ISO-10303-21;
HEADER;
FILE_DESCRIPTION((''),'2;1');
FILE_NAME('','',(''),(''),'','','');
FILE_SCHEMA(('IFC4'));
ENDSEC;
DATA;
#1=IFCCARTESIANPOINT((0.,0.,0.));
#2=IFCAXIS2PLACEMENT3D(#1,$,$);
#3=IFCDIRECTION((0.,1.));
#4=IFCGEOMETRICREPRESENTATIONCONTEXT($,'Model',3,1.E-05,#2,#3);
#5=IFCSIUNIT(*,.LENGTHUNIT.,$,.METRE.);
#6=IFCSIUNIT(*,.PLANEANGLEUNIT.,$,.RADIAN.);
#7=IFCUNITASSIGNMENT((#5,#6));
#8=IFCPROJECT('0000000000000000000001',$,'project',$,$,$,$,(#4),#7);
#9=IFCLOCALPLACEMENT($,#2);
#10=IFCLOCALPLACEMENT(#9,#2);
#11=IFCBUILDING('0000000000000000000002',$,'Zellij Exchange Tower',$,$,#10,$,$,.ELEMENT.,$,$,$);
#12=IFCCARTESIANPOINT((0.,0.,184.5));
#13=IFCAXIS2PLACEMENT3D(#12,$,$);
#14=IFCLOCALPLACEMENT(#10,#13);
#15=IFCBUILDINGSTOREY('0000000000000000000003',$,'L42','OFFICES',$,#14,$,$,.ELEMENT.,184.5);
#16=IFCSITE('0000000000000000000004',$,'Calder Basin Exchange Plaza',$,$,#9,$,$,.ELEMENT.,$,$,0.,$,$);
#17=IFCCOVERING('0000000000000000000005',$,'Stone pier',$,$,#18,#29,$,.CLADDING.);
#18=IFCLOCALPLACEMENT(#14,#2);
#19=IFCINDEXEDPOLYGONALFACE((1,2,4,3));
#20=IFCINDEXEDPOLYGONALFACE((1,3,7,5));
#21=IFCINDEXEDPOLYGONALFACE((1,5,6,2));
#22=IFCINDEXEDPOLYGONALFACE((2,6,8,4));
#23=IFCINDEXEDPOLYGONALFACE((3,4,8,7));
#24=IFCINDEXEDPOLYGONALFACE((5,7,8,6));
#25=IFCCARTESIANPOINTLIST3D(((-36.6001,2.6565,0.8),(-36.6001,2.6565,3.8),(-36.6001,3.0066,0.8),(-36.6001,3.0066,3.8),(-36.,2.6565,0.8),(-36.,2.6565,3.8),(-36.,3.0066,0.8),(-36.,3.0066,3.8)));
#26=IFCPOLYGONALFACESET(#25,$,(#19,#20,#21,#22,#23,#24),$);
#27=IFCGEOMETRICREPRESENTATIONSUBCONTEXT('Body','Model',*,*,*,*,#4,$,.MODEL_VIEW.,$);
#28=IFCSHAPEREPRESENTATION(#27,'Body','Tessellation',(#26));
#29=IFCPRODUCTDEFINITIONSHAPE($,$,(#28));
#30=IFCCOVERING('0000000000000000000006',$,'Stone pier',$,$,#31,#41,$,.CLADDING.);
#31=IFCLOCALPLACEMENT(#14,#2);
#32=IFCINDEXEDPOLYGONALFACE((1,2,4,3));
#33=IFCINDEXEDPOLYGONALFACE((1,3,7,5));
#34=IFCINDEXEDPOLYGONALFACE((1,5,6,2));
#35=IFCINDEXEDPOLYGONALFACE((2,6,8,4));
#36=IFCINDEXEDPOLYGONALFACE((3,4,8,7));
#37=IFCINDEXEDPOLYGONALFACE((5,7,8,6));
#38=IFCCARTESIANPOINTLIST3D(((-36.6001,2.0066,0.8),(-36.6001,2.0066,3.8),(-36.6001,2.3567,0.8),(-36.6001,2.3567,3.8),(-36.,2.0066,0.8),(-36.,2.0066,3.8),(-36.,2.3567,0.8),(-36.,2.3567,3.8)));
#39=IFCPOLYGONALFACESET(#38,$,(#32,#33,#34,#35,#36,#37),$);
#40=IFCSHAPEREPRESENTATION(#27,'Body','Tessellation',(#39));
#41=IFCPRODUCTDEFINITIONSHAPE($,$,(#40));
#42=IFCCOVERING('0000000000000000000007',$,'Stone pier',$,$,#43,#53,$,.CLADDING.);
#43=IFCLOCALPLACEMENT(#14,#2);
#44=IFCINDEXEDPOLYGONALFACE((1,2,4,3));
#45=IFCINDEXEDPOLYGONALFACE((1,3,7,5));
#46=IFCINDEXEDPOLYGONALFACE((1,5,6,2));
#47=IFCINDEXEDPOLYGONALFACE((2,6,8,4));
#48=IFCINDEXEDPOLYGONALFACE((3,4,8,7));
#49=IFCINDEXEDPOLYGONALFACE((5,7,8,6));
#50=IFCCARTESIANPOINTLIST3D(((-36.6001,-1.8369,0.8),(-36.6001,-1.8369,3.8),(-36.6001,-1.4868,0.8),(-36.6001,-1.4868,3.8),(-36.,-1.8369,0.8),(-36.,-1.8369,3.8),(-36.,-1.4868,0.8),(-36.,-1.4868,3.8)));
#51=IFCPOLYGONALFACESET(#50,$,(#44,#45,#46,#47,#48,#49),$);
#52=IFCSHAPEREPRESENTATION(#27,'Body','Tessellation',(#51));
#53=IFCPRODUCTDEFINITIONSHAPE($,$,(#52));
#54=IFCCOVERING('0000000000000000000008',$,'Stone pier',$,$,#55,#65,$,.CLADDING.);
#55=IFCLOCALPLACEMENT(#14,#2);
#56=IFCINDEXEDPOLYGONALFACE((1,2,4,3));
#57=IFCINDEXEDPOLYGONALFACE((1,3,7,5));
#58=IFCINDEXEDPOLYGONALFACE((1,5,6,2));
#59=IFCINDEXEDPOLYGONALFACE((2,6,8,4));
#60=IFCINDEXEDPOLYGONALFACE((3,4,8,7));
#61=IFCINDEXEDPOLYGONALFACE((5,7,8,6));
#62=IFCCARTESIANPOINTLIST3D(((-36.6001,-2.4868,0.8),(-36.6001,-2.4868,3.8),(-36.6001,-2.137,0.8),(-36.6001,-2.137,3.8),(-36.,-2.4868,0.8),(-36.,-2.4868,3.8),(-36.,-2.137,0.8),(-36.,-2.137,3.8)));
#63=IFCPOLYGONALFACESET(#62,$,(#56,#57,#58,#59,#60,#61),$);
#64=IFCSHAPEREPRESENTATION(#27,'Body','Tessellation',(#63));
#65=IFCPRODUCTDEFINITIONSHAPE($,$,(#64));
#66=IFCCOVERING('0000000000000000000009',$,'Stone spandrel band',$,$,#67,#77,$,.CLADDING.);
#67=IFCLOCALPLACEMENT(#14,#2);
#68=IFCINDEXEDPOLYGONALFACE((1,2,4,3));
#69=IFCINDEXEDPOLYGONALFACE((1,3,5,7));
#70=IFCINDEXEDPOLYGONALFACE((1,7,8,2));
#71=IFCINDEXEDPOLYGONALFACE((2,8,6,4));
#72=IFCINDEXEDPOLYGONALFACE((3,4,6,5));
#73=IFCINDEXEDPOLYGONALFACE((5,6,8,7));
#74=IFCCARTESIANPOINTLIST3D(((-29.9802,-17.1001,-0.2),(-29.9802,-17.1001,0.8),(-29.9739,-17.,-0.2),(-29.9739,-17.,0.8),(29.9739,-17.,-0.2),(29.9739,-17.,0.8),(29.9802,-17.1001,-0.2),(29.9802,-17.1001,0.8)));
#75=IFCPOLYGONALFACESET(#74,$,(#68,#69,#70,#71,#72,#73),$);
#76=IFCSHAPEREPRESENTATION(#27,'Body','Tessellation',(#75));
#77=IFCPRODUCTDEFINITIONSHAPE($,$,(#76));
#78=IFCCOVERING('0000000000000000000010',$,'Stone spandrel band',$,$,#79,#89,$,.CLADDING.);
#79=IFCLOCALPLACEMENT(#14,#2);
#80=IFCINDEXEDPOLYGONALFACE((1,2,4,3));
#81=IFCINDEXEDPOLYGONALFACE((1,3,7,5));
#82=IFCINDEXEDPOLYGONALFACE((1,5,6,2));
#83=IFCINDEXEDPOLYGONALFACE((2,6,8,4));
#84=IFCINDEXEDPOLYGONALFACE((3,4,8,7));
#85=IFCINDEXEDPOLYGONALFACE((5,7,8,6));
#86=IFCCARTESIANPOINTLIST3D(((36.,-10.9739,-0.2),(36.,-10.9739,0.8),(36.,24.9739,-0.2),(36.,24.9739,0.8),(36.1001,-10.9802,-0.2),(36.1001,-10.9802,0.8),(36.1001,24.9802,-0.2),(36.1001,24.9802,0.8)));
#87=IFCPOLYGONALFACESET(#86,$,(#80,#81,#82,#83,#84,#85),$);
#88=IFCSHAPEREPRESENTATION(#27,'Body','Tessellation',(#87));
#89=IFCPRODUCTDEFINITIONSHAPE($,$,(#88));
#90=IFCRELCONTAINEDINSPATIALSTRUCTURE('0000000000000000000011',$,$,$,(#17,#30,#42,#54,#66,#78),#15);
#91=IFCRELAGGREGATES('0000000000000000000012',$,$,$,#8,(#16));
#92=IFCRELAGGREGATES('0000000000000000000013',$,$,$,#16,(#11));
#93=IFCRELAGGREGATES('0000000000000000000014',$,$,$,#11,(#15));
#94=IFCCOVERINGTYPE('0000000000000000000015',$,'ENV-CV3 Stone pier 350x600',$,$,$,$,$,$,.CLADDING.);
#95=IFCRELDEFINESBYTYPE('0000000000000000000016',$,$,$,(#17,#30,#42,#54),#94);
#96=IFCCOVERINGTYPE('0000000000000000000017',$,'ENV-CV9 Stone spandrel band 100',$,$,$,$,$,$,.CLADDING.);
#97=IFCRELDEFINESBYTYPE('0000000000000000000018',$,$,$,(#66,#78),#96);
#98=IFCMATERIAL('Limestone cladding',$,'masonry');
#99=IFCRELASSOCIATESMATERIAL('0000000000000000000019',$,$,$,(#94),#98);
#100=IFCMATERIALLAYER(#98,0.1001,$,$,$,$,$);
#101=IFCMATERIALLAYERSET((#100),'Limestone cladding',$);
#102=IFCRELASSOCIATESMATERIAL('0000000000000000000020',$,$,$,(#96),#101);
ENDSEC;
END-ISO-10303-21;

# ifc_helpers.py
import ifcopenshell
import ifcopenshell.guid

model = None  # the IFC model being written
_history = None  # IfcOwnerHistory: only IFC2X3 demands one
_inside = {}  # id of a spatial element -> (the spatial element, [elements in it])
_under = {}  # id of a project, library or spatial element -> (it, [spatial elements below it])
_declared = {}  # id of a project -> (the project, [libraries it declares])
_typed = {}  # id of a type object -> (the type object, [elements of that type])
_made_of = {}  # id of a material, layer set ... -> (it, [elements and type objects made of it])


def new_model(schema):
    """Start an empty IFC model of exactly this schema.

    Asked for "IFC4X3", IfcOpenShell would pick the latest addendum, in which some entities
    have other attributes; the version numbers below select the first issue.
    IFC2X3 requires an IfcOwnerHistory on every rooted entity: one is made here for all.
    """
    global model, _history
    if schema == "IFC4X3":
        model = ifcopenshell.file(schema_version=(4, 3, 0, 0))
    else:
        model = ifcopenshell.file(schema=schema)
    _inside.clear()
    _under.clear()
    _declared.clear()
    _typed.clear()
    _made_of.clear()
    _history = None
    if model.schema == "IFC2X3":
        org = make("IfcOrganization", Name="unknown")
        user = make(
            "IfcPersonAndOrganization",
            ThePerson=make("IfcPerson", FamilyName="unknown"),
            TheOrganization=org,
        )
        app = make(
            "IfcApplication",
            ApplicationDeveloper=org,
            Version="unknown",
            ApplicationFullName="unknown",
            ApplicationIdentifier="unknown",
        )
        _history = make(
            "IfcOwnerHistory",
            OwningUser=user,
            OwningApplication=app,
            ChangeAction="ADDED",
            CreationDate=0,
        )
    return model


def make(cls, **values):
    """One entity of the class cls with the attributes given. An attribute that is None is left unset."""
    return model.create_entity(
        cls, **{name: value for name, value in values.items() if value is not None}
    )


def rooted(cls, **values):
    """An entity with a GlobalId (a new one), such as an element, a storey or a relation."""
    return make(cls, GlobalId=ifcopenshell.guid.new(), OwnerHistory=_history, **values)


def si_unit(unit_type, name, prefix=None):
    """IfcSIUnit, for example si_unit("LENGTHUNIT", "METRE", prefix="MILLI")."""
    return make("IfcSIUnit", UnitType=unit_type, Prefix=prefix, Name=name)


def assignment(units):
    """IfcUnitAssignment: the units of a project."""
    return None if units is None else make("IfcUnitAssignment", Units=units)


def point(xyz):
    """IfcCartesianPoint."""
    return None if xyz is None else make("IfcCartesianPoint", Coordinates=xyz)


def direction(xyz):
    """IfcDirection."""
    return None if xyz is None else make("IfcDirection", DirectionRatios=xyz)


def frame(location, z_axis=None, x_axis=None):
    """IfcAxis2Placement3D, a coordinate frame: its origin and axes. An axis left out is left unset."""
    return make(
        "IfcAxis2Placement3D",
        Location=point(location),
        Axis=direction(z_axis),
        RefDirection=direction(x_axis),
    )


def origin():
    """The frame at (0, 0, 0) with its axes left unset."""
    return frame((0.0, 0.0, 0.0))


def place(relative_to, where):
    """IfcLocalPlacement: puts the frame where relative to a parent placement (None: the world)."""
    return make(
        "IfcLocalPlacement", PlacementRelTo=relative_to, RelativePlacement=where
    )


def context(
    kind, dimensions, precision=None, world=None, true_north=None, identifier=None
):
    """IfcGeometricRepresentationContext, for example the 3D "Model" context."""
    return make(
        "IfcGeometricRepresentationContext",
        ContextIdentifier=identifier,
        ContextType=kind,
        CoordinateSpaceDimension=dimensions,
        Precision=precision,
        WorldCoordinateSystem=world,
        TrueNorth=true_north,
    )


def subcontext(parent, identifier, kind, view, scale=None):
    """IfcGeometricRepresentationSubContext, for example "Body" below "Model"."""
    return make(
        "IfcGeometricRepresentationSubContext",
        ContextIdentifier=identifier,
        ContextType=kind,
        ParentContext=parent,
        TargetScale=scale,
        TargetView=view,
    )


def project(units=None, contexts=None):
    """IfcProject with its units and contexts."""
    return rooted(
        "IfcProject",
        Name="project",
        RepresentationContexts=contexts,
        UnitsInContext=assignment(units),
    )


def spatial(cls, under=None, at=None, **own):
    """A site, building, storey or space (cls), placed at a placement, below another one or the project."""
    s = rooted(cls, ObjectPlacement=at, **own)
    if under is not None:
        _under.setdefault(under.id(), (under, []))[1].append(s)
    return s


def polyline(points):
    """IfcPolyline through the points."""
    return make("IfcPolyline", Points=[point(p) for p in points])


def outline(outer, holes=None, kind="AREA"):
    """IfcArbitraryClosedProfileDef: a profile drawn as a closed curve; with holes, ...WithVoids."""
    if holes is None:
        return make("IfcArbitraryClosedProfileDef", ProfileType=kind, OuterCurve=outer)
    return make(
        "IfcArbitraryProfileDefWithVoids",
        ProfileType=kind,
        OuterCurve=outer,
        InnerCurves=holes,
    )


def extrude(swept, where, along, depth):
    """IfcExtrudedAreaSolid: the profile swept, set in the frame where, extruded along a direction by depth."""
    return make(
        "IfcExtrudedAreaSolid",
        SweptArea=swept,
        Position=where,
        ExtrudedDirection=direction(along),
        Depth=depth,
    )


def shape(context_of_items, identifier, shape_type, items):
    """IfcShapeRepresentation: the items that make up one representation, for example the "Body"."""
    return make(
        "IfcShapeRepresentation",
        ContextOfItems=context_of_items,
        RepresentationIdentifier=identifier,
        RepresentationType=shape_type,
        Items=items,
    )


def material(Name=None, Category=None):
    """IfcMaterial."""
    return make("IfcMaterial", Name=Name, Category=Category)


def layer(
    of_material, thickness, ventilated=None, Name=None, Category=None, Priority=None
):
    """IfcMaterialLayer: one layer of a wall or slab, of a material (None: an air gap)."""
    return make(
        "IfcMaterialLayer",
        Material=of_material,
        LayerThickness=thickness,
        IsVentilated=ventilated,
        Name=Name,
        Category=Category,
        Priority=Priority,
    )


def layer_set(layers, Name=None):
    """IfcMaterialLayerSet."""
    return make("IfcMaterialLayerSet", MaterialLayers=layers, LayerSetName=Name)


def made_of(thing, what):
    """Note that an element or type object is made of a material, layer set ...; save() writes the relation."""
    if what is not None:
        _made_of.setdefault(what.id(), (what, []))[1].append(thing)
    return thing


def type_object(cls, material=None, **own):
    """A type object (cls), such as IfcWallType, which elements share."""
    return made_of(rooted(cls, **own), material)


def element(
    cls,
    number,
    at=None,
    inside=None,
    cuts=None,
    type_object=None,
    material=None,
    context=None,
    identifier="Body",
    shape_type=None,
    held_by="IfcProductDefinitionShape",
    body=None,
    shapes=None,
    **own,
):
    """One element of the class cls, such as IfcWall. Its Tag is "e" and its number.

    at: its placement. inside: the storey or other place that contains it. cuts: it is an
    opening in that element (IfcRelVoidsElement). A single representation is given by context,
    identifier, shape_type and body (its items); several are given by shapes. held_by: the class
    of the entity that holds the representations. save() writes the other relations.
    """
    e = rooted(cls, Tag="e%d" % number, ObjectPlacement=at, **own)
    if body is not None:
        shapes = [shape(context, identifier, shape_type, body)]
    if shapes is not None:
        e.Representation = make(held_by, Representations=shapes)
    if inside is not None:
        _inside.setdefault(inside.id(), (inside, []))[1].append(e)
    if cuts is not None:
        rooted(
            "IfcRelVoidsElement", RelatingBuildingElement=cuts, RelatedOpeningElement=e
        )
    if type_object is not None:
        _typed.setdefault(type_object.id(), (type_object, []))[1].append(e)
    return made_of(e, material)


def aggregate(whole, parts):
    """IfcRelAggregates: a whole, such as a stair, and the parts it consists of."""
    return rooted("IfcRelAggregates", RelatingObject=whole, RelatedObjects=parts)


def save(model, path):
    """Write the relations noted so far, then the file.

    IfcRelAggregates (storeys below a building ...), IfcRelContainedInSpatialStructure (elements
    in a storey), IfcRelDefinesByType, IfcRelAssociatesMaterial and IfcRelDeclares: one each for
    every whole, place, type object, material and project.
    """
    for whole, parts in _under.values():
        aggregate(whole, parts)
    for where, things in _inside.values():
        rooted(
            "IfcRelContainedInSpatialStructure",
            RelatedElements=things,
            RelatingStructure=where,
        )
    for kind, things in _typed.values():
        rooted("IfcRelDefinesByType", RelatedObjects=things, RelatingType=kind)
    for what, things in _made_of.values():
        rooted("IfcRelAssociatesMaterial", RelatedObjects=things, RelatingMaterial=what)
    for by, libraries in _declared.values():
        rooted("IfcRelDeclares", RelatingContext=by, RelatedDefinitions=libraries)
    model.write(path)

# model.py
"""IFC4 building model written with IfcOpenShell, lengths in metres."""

from ifc_helpers import new_model, si_unit, direction, frame, origin, place, context, subcontext, project, spatial, polyline, outline, extrude, material, layer, layer_set, type_object, element, save


model = new_model("IFC4")

# Units and contexts
model_context = context("Model", 3, precision=1e-05, world=origin(), true_north=direction((0.0, 1.0)))
body_context = subcontext(model_context, "Body", "Model", "MODEL_VIEW")
ifc_project = project(units=[si_unit("LENGTHUNIT", "METRE"), si_unit("PLANEANGLEUNIT", "RADIAN")], contexts=[model_context])

# Site, building, storey
site_placement = place(None, origin())
site = spatial("IfcSite", under=ifc_project, at=site_placement, Name="Calder Basin Exchange Plaza", CompositionType="ELEMENT", RefElevation=0.0)
building_placement = place(site_placement, origin())
building = spatial("IfcBuilding", under=site, at=building_placement, Name="Zellij Exchange Tower", CompositionType="ELEMENT")
storey_placement = place(building_placement, frame((0.0, 0.0, 184.5)))
storey = spatial("IfcBuildingStorey", under=building, at=storey_placement, Name="L42", Description="OFFICES", CompositionType="ELEMENT", Elevation=184.5)

# Coverings
ifc_material = material(Name="Limestone cladding", Category="masonry")
covering_type_1 = type_object("IfcCoveringType", Name="ENV-CV3 Stone pier 350x600", PredefinedType="CLADDING", material=ifc_material)
covering_1_placement = place(storey_placement, frame((0.0, 0.0, 0.8)))
element("IfcCovering", 1, at=covering_1_placement, inside=storey, type_object=covering_type_1, Name="Stone pier", PredefinedType="CLADDING", context=body_context, shape_type="SweptSolid", body=[
    extrude(outline(polyline([(-36.0, 3.0066), (-36.0, 2.6565), (-36.6001, 2.6565), (-36.6001, 3.0066), (-36.0, 3.0066)])), origin(), (0.0, 0.0, 1.0), 3.0),
])
covering_2_placement = place(storey_placement, frame((0.0, 0.0, 0.8)))
element("IfcCovering", 2, at=covering_2_placement, inside=storey, type_object=covering_type_1, Name="Stone pier", PredefinedType="CLADDING", context=body_context, shape_type="SweptSolid", body=[
    extrude(outline(polyline([(-36.0, 2.3567), (-36.0, 2.0066), (-36.6001, 2.0066), (-36.6001, 2.3567), (-36.0, 2.3567)])), origin(), (0.0, 0.0, 1.0), 3.0),
])
covering_3_placement = place(storey_placement, frame((0.0, 0.0, 0.8)))
element("IfcCovering", 3, at=covering_3_placement, inside=storey, type_object=covering_type_1, Name="Stone pier", PredefinedType="CLADDING", context=body_context, shape_type="SweptSolid", body=[
    extrude(outline(polyline([(-36.0, -1.4868), (-36.0, -1.8369), (-36.6001, -1.8369), (-36.6001, -1.4868), (-36.0, -1.4868)])), origin(), (0.0, 0.0, 1.0), 3.0),
])
covering_4_placement = place(storey_placement, frame((0.0, 0.0, 0.8)))
element("IfcCovering", 4, at=covering_4_placement, inside=storey, type_object=covering_type_1, Name="Stone pier", PredefinedType="CLADDING", context=body_context, shape_type="SweptSolid", body=[
    extrude(outline(polyline([(-36.0, -2.137), (-36.0, -2.4868), (-36.6001, -2.4868), (-36.6001, -2.137), (-36.0, -2.137)])), origin(), (0.0, 0.0, 1.0), 3.0),
])
ifc_layer = layer(ifc_material, 0.1001)
ifc_layer_set = layer_set([ifc_layer], Name="Limestone cladding")
covering_type_2 = type_object("IfcCoveringType", Name="ENV-CV9 Stone spandrel band 100", PredefinedType="CLADDING", material=ifc_layer_set)
covering_5_placement = place(storey_placement, frame((0.0, 0.0, -0.2)))
element("IfcCovering", 5, at=covering_5_placement, inside=storey, type_object=covering_type_2, Name="Stone spandrel band", PredefinedType="CLADDING", context=body_context, shape_type="SweptSolid", body=[
    extrude(outline(polyline([(-29.9739, -17.0), (29.9739, -17.0), (29.9802, -17.1001), (-29.9802, -17.1001), (-29.9739, -17.0)])), origin(), (0.0, 0.0, 1.0), 1.0),
])
covering_6_placement = place(storey_placement, frame((0.0, 0.0, -0.2)))
element("IfcCovering", 6, at=covering_6_placement, inside=storey, type_object=covering_type_2, Name="Stone spandrel band", PredefinedType="CLADDING", context=body_context, shape_type="SweptSolid", body=[
    extrude(outline(polyline([(36.0, -10.9739), (36.0, 24.9739), (36.1001, 24.9802), (36.1001, -10.9802), (36.0, -10.9739)])), origin(), (0.0, 0.0, 1.0), 1.0),
])

save(model, "model.ifc")
